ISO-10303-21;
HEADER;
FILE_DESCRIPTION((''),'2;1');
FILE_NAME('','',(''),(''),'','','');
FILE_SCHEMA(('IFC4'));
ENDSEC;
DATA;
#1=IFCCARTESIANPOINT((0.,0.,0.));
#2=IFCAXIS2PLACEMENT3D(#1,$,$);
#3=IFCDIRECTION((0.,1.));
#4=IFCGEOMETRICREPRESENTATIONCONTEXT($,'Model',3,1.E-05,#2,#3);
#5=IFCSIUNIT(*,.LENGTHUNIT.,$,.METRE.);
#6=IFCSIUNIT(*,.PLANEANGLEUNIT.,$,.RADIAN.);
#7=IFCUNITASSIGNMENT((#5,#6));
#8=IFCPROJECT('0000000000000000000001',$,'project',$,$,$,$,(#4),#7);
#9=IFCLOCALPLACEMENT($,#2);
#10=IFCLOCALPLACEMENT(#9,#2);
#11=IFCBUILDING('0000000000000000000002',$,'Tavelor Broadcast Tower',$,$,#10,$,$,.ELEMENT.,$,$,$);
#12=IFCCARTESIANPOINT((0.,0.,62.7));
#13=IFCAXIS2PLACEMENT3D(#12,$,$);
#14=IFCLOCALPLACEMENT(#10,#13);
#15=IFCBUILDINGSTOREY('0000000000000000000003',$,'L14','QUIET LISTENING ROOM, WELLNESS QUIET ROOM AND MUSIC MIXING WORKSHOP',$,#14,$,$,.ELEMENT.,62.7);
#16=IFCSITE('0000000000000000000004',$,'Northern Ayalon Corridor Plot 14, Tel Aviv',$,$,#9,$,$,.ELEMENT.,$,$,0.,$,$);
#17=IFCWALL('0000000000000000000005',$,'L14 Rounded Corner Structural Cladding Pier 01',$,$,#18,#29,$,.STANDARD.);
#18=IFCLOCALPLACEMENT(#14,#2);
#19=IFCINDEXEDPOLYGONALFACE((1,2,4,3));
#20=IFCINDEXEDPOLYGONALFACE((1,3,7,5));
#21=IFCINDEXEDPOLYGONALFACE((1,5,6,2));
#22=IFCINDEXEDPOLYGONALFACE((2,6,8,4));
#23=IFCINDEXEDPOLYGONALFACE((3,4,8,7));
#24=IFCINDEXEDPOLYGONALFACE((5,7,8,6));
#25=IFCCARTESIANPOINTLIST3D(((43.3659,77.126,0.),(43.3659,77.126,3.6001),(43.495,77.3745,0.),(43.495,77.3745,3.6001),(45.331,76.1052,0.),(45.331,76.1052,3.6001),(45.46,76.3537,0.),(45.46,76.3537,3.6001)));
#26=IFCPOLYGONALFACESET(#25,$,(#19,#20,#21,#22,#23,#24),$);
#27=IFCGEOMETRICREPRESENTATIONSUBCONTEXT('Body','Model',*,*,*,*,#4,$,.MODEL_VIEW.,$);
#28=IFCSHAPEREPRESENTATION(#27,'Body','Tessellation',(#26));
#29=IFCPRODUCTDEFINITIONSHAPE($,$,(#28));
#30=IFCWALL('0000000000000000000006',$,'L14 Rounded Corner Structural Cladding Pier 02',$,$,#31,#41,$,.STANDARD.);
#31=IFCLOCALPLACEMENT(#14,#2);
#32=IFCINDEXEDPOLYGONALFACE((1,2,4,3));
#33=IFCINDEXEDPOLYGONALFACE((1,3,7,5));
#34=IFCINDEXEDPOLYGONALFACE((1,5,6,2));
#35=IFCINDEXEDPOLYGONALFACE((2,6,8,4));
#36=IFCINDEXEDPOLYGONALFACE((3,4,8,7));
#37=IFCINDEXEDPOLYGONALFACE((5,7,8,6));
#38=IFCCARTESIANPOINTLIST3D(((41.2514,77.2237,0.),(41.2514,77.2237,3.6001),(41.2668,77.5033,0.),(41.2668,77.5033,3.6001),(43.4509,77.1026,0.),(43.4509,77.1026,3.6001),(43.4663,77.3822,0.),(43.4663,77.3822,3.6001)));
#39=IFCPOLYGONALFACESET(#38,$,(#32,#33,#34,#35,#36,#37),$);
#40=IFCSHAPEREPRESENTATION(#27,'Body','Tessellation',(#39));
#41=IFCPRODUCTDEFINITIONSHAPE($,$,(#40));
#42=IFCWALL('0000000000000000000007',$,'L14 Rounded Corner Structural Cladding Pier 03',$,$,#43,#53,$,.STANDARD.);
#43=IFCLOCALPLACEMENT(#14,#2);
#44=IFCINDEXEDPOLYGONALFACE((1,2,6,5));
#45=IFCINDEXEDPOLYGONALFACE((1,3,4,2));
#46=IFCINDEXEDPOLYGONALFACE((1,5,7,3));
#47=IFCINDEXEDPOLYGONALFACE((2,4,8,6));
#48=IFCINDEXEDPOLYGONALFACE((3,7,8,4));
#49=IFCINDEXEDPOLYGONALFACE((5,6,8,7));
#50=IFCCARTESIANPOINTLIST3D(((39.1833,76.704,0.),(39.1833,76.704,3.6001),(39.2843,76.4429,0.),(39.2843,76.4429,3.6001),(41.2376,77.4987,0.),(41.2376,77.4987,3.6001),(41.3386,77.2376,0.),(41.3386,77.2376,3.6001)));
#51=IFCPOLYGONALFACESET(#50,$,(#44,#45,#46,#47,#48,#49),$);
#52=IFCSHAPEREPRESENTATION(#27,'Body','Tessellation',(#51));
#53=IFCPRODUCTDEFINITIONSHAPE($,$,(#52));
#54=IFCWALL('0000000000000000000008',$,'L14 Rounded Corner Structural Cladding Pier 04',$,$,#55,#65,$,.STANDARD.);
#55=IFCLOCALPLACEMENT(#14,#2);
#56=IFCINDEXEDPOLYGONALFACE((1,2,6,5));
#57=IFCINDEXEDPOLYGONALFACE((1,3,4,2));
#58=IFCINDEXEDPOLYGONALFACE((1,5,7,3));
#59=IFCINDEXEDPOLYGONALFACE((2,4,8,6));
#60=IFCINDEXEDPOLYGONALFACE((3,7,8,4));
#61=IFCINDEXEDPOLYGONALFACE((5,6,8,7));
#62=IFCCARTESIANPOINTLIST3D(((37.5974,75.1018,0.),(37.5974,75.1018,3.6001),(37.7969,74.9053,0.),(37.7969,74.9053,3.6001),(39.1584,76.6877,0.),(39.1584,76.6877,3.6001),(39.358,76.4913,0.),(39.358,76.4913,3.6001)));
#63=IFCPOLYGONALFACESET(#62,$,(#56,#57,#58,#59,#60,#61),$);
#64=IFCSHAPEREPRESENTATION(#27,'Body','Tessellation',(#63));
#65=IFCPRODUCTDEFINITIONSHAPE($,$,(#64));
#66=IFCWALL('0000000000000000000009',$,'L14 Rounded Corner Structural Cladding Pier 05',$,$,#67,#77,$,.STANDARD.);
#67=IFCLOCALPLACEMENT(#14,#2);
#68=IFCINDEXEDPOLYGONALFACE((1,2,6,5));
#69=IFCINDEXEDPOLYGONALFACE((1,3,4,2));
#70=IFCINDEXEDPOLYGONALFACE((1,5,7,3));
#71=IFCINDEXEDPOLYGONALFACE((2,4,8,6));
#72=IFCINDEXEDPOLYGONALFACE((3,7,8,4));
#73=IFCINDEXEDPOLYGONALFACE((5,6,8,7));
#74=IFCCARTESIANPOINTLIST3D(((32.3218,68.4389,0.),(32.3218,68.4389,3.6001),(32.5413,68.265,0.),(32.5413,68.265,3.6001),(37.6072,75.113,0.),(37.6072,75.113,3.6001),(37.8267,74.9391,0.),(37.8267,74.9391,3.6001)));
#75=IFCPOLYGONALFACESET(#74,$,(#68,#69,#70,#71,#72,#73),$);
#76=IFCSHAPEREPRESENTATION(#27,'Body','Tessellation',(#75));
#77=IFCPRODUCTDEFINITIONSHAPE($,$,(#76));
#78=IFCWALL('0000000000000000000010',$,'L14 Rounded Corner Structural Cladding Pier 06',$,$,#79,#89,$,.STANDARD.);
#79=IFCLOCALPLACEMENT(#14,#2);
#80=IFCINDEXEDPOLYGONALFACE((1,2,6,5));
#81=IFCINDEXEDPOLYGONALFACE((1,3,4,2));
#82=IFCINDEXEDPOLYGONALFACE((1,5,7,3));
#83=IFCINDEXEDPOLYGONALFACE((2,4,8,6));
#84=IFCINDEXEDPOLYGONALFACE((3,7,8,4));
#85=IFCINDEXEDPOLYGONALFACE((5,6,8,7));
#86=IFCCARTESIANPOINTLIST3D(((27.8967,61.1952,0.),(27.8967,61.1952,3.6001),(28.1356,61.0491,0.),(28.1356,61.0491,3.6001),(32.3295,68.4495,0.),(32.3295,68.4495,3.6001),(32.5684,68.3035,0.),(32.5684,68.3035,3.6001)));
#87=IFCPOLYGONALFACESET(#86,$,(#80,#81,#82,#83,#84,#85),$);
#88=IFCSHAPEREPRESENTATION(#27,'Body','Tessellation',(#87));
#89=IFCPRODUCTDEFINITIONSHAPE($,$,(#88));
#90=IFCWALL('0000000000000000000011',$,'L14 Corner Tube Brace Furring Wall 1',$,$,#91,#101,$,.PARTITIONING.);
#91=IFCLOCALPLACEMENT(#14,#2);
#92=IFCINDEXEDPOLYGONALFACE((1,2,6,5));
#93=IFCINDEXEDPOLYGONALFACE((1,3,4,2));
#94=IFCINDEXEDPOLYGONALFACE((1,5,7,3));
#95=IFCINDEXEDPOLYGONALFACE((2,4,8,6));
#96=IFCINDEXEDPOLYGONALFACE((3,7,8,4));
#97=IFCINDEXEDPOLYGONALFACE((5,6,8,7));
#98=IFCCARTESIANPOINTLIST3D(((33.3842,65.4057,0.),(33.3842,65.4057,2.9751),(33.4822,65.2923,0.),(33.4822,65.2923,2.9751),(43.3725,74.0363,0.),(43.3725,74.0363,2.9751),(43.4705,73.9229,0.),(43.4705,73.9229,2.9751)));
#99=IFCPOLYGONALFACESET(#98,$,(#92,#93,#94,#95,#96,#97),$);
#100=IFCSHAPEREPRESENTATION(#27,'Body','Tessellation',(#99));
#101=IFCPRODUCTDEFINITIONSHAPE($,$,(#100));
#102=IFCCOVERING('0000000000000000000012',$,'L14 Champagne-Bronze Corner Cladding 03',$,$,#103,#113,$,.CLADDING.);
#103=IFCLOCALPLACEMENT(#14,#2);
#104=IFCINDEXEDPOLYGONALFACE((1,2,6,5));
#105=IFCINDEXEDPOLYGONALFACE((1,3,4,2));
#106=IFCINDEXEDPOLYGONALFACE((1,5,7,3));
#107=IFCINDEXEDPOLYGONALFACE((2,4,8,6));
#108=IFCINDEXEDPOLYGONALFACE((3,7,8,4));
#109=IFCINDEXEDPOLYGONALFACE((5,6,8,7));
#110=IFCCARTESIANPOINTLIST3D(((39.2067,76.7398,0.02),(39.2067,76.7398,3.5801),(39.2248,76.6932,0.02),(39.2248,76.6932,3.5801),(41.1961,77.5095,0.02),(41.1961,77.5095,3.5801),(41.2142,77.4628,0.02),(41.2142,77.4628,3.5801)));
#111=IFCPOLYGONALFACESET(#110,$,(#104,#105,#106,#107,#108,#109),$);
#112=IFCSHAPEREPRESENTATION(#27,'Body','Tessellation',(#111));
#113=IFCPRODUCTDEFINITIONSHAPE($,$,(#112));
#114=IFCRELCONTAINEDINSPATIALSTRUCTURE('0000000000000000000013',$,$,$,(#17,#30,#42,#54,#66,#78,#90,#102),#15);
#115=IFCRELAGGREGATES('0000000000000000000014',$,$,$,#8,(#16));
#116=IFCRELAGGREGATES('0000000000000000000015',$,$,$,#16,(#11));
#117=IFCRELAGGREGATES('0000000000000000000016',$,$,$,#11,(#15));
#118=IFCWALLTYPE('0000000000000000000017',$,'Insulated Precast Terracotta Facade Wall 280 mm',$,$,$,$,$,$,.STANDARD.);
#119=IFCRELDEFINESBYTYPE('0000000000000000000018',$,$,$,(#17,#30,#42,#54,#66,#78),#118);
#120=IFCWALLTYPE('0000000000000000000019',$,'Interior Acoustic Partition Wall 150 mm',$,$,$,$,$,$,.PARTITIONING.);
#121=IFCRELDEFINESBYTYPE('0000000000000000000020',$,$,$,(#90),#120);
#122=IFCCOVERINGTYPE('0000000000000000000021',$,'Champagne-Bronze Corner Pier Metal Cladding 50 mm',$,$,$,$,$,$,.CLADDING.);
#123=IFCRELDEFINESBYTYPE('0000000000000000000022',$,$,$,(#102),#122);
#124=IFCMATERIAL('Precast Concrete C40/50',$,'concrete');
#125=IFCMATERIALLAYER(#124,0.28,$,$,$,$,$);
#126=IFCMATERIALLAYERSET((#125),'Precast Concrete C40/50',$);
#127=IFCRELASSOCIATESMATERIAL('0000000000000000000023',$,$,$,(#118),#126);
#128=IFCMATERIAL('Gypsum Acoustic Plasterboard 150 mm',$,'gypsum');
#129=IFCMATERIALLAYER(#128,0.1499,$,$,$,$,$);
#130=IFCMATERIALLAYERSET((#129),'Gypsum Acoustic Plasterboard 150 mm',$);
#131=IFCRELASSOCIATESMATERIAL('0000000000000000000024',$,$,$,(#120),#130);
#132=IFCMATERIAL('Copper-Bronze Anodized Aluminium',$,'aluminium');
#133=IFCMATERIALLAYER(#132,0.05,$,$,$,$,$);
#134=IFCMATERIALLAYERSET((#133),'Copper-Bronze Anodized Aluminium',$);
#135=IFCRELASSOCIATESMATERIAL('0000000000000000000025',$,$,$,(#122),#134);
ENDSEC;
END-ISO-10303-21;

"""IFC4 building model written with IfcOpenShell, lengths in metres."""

from ifc_helpers import new_model, si_unit, direction, frame, frame_2d, origin, origin_2d, place, context, subcontext, project, spatial, rectangle, extrude, material, layer, layer_set, type_object, element, save


model = new_model("IFC4")

# Units and contexts
model_context = context("Model", 3, precision=1e-05, world=origin(), true_north=direction((0.0, 1.0)))
body_context = subcontext(model_context, "Body", "Model", "MODEL_VIEW")
ifc_project = project(units=[si_unit("LENGTHUNIT", "METRE"), si_unit("PLANEANGLEUNIT", "RADIAN")], contexts=[model_context])

# Site, building, storey
site_placement = place(None, origin())
site = spatial("IfcSite", under=ifc_project, at=site_placement, Name="Northern Ayalon Corridor Plot 14, Tel Aviv", CompositionType="ELEMENT", RefElevation=0.0)
building_placement = place(site_placement, origin())
building = spatial("IfcBuilding", under=site, at=building_placement, Name="Tavelor Broadcast Tower", CompositionType="ELEMENT")
storey_placement = place(building_placement, frame((0.0, 0.0, 62.7)))
storey = spatial("IfcBuildingStorey", under=building, at=storey_placement, Name="L14", Description="QUIET LISTENING ROOM, WELLNESS QUIET ROOM AND MUSIC MIXING WORKSHOP", CompositionType="ELEMENT", Elevation=62.7)

# Walls
ifc_material_1 = material(Name="Precast Concrete C40/50", Category="concrete")
ifc_layer_1 = layer(ifc_material_1, 0.28)
ifc_layer_set_1 = layer_set([ifc_layer_1], Name="Precast Concrete C40/50")
wall_type_1 = type_object("IfcWallType", Name="Insulated Precast Terracotta Facade Wall 280 mm", PredefinedType="STANDARD", material=ifc_layer_set_1)
wall_1_placement = place(storey_placement, frame((45.3955, 76.2295, 0.0), z_axis=(0.0, 0.0, 1.0), x_axis=(-0.887419, 0.460964, 0.0)))
element("IfcWall", 1, at=wall_1_placement, inside=storey, type_object=wall_type_1, Name="L14 Rounded Corner Structural Cladding Pier 01", PredefinedType="STANDARD", context=body_context, shape_type="SweptSolid", body=[
    extrude(rectangle(XDim=2.2144, YDim=0.28, at=frame_2d((1.1072, 0.0))), origin(), (0.0, 0.0, 1.0), 3.6001),
])
wall_2_placement = place(storey_placement, frame((43.4587, 77.2424, 0.0), z_axis=(0.0, 0.0, 1.0), x_axis=(-0.998488, 0.054973, 0.0)))
element("IfcWall", 2, at=wall_2_placement, inside=storey, type_object=wall_type_1, Name="L14 Rounded Corner Structural Cladding Pier 02", PredefinedType="STANDARD", context=body_context, shape_type="SweptSolid", body=[
    extrude(rectangle(XDim=2.2029, YDim=0.28, at=frame_2d((1.1016, 0.0))), origin(), (0.0, 0.0, 1.0), 3.6001),
])
wall_3_placement = place(storey_placement, frame((41.2881, 77.3682, 0.0), z_axis=(0.0, 0.0, 1.0), x_axis=(-0.932644, -0.360798, 0.0)))
element("IfcWall", 3, at=wall_3_placement, inside=storey, type_object=wall_type_1, Name="L14 Rounded Corner Structural Cladding Pier 03", PredefinedType="STANDARD", context=body_context, shape_type="SweptSolid", body=[
    extrude(rectangle(XDim=2.2026, YDim=0.28, at=frame_2d((1.1013, 0.0))), origin(), (0.0, 0.0, 1.0), 3.6001),
])
wall_4_placement = place(storey_placement, frame((39.2583, 76.5896, 0.0), z_axis=(0.0, 0.0, 1.0), x_axis=(-0.701489, -0.71268, 0.0)))
element("IfcWall", 4, at=wall_4_placement, inside=storey, type_object=wall_type_1, Name="L14 Rounded Corner Structural Cladding Pier 04", PredefinedType="STANDARD", context=body_context, shape_type="SweptSolid", body=[
    extrude(rectangle(XDim=2.2253, YDim=0.28, at=frame_2d((1.1128, 0.0))), origin(), (0.0, 0.0, 1.0), 3.6001),
])
wall_5_placement = place(storey_placement, frame((37.717, 75.0261, 0.0), z_axis=(0.0, 0.0, 1.0), x_axis=(-0.62083, -0.783945, 0.0)))
element("IfcWall", 5, at=wall_5_placement, inside=storey, type_object=wall_type_1, Name="L14 Rounded Corner Structural Cladding Pier 05", PredefinedType="STANDARD", context=body_context, shape_type="SweptSolid", body=[
    extrude(rectangle(XDim=8.5134, YDim=0.28, at=frame_2d((4.2568, 0.0))), origin(), (0.0, 0.0, 1.0), 3.6001),
])
wall_6_placement = place(storey_placement, frame((32.449, 68.3765, 0.0), z_axis=(0.0, 0.0, 1.0), x_axis=(-0.521417, -0.853302, 0.0)))
element("IfcWall", 6, at=wall_6_placement, inside=storey, type_object=wall_type_1, Name="L14 Rounded Corner Structural Cladding Pier 06", PredefinedType="STANDARD", context=body_context, shape_type="SweptSolid", body=[
    extrude(rectangle(XDim=8.5015, YDim=0.28, at=frame_2d((4.2507, 0.0))), origin(), (0.0, 0.0, 1.0), 3.6001),
])
ifc_material_2 = material(Name="Gypsum Acoustic Plasterboard 150 mm", Category="gypsum")
ifc_layer_2 = layer(ifc_material_2, 0.1499)
ifc_layer_set_2 = layer_set([ifc_layer_2], Name="Gypsum Acoustic Plasterboard 150 mm")
wall_type_2 = type_object("IfcWallType", Name="Interior Acoustic Partition Wall 150 mm", PredefinedType="PARTITIONING", material=ifc_layer_set_2)
wall_7_placement = place(storey_placement, frame((43.4214, 73.9795, 0.0), z_axis=(0.0, 0.0, 1.0), x_axis=(-0.756659, -0.65381, 0.0)))
element("IfcWall", 7, at=wall_7_placement, inside=storey, type_object=wall_type_2, Name="L14 Corner Tube Brace Furring Wall 1", PredefinedType="PARTITIONING", context=body_context, shape_type="SweptSolid", body=[
    extrude(rectangle(XDim=13.2004, YDim=0.1499, at=frame_2d((6.6001, 0.0))), origin(), (0.0, 0.0, 1.0), 2.9751),
])

# Covering
ifc_material_3 = material(Name="Copper-Bronze Anodized Aluminium", Category="aluminium")
ifc_layer_3 = layer(ifc_material_3, 0.05)
ifc_layer_set_3 = layer_set([ifc_layer_3], Name="Copper-Bronze Anodized Aluminium")
covering_type = type_object("IfcCoveringType", Name="Champagne-Bronze Corner Pier Metal Cladding 50 mm", PredefinedType="CLADDING", material=ifc_layer_set_3)
covering_placement = place(storey_placement, frame((40.2104, 77.1013, 0.02), z_axis=(0.0, 0.0, 1.0), x_axis=(-0.932639, -0.360811, 0.0)))
element("IfcCovering", 8, at=covering_placement, inside=storey, type_object=covering_type, Name="L14 Champagne-Bronze Corner Cladding 03", PredefinedType="CLADDING", context=body_context, shape_type="SweptSolid", body=[
    extrude(rectangle(XDim=2.1331, YDim=0.05, at=origin_2d()), origin(), (0.0, 0.0, 1.0), 3.5601),
])

save(model, "model.ifc")
